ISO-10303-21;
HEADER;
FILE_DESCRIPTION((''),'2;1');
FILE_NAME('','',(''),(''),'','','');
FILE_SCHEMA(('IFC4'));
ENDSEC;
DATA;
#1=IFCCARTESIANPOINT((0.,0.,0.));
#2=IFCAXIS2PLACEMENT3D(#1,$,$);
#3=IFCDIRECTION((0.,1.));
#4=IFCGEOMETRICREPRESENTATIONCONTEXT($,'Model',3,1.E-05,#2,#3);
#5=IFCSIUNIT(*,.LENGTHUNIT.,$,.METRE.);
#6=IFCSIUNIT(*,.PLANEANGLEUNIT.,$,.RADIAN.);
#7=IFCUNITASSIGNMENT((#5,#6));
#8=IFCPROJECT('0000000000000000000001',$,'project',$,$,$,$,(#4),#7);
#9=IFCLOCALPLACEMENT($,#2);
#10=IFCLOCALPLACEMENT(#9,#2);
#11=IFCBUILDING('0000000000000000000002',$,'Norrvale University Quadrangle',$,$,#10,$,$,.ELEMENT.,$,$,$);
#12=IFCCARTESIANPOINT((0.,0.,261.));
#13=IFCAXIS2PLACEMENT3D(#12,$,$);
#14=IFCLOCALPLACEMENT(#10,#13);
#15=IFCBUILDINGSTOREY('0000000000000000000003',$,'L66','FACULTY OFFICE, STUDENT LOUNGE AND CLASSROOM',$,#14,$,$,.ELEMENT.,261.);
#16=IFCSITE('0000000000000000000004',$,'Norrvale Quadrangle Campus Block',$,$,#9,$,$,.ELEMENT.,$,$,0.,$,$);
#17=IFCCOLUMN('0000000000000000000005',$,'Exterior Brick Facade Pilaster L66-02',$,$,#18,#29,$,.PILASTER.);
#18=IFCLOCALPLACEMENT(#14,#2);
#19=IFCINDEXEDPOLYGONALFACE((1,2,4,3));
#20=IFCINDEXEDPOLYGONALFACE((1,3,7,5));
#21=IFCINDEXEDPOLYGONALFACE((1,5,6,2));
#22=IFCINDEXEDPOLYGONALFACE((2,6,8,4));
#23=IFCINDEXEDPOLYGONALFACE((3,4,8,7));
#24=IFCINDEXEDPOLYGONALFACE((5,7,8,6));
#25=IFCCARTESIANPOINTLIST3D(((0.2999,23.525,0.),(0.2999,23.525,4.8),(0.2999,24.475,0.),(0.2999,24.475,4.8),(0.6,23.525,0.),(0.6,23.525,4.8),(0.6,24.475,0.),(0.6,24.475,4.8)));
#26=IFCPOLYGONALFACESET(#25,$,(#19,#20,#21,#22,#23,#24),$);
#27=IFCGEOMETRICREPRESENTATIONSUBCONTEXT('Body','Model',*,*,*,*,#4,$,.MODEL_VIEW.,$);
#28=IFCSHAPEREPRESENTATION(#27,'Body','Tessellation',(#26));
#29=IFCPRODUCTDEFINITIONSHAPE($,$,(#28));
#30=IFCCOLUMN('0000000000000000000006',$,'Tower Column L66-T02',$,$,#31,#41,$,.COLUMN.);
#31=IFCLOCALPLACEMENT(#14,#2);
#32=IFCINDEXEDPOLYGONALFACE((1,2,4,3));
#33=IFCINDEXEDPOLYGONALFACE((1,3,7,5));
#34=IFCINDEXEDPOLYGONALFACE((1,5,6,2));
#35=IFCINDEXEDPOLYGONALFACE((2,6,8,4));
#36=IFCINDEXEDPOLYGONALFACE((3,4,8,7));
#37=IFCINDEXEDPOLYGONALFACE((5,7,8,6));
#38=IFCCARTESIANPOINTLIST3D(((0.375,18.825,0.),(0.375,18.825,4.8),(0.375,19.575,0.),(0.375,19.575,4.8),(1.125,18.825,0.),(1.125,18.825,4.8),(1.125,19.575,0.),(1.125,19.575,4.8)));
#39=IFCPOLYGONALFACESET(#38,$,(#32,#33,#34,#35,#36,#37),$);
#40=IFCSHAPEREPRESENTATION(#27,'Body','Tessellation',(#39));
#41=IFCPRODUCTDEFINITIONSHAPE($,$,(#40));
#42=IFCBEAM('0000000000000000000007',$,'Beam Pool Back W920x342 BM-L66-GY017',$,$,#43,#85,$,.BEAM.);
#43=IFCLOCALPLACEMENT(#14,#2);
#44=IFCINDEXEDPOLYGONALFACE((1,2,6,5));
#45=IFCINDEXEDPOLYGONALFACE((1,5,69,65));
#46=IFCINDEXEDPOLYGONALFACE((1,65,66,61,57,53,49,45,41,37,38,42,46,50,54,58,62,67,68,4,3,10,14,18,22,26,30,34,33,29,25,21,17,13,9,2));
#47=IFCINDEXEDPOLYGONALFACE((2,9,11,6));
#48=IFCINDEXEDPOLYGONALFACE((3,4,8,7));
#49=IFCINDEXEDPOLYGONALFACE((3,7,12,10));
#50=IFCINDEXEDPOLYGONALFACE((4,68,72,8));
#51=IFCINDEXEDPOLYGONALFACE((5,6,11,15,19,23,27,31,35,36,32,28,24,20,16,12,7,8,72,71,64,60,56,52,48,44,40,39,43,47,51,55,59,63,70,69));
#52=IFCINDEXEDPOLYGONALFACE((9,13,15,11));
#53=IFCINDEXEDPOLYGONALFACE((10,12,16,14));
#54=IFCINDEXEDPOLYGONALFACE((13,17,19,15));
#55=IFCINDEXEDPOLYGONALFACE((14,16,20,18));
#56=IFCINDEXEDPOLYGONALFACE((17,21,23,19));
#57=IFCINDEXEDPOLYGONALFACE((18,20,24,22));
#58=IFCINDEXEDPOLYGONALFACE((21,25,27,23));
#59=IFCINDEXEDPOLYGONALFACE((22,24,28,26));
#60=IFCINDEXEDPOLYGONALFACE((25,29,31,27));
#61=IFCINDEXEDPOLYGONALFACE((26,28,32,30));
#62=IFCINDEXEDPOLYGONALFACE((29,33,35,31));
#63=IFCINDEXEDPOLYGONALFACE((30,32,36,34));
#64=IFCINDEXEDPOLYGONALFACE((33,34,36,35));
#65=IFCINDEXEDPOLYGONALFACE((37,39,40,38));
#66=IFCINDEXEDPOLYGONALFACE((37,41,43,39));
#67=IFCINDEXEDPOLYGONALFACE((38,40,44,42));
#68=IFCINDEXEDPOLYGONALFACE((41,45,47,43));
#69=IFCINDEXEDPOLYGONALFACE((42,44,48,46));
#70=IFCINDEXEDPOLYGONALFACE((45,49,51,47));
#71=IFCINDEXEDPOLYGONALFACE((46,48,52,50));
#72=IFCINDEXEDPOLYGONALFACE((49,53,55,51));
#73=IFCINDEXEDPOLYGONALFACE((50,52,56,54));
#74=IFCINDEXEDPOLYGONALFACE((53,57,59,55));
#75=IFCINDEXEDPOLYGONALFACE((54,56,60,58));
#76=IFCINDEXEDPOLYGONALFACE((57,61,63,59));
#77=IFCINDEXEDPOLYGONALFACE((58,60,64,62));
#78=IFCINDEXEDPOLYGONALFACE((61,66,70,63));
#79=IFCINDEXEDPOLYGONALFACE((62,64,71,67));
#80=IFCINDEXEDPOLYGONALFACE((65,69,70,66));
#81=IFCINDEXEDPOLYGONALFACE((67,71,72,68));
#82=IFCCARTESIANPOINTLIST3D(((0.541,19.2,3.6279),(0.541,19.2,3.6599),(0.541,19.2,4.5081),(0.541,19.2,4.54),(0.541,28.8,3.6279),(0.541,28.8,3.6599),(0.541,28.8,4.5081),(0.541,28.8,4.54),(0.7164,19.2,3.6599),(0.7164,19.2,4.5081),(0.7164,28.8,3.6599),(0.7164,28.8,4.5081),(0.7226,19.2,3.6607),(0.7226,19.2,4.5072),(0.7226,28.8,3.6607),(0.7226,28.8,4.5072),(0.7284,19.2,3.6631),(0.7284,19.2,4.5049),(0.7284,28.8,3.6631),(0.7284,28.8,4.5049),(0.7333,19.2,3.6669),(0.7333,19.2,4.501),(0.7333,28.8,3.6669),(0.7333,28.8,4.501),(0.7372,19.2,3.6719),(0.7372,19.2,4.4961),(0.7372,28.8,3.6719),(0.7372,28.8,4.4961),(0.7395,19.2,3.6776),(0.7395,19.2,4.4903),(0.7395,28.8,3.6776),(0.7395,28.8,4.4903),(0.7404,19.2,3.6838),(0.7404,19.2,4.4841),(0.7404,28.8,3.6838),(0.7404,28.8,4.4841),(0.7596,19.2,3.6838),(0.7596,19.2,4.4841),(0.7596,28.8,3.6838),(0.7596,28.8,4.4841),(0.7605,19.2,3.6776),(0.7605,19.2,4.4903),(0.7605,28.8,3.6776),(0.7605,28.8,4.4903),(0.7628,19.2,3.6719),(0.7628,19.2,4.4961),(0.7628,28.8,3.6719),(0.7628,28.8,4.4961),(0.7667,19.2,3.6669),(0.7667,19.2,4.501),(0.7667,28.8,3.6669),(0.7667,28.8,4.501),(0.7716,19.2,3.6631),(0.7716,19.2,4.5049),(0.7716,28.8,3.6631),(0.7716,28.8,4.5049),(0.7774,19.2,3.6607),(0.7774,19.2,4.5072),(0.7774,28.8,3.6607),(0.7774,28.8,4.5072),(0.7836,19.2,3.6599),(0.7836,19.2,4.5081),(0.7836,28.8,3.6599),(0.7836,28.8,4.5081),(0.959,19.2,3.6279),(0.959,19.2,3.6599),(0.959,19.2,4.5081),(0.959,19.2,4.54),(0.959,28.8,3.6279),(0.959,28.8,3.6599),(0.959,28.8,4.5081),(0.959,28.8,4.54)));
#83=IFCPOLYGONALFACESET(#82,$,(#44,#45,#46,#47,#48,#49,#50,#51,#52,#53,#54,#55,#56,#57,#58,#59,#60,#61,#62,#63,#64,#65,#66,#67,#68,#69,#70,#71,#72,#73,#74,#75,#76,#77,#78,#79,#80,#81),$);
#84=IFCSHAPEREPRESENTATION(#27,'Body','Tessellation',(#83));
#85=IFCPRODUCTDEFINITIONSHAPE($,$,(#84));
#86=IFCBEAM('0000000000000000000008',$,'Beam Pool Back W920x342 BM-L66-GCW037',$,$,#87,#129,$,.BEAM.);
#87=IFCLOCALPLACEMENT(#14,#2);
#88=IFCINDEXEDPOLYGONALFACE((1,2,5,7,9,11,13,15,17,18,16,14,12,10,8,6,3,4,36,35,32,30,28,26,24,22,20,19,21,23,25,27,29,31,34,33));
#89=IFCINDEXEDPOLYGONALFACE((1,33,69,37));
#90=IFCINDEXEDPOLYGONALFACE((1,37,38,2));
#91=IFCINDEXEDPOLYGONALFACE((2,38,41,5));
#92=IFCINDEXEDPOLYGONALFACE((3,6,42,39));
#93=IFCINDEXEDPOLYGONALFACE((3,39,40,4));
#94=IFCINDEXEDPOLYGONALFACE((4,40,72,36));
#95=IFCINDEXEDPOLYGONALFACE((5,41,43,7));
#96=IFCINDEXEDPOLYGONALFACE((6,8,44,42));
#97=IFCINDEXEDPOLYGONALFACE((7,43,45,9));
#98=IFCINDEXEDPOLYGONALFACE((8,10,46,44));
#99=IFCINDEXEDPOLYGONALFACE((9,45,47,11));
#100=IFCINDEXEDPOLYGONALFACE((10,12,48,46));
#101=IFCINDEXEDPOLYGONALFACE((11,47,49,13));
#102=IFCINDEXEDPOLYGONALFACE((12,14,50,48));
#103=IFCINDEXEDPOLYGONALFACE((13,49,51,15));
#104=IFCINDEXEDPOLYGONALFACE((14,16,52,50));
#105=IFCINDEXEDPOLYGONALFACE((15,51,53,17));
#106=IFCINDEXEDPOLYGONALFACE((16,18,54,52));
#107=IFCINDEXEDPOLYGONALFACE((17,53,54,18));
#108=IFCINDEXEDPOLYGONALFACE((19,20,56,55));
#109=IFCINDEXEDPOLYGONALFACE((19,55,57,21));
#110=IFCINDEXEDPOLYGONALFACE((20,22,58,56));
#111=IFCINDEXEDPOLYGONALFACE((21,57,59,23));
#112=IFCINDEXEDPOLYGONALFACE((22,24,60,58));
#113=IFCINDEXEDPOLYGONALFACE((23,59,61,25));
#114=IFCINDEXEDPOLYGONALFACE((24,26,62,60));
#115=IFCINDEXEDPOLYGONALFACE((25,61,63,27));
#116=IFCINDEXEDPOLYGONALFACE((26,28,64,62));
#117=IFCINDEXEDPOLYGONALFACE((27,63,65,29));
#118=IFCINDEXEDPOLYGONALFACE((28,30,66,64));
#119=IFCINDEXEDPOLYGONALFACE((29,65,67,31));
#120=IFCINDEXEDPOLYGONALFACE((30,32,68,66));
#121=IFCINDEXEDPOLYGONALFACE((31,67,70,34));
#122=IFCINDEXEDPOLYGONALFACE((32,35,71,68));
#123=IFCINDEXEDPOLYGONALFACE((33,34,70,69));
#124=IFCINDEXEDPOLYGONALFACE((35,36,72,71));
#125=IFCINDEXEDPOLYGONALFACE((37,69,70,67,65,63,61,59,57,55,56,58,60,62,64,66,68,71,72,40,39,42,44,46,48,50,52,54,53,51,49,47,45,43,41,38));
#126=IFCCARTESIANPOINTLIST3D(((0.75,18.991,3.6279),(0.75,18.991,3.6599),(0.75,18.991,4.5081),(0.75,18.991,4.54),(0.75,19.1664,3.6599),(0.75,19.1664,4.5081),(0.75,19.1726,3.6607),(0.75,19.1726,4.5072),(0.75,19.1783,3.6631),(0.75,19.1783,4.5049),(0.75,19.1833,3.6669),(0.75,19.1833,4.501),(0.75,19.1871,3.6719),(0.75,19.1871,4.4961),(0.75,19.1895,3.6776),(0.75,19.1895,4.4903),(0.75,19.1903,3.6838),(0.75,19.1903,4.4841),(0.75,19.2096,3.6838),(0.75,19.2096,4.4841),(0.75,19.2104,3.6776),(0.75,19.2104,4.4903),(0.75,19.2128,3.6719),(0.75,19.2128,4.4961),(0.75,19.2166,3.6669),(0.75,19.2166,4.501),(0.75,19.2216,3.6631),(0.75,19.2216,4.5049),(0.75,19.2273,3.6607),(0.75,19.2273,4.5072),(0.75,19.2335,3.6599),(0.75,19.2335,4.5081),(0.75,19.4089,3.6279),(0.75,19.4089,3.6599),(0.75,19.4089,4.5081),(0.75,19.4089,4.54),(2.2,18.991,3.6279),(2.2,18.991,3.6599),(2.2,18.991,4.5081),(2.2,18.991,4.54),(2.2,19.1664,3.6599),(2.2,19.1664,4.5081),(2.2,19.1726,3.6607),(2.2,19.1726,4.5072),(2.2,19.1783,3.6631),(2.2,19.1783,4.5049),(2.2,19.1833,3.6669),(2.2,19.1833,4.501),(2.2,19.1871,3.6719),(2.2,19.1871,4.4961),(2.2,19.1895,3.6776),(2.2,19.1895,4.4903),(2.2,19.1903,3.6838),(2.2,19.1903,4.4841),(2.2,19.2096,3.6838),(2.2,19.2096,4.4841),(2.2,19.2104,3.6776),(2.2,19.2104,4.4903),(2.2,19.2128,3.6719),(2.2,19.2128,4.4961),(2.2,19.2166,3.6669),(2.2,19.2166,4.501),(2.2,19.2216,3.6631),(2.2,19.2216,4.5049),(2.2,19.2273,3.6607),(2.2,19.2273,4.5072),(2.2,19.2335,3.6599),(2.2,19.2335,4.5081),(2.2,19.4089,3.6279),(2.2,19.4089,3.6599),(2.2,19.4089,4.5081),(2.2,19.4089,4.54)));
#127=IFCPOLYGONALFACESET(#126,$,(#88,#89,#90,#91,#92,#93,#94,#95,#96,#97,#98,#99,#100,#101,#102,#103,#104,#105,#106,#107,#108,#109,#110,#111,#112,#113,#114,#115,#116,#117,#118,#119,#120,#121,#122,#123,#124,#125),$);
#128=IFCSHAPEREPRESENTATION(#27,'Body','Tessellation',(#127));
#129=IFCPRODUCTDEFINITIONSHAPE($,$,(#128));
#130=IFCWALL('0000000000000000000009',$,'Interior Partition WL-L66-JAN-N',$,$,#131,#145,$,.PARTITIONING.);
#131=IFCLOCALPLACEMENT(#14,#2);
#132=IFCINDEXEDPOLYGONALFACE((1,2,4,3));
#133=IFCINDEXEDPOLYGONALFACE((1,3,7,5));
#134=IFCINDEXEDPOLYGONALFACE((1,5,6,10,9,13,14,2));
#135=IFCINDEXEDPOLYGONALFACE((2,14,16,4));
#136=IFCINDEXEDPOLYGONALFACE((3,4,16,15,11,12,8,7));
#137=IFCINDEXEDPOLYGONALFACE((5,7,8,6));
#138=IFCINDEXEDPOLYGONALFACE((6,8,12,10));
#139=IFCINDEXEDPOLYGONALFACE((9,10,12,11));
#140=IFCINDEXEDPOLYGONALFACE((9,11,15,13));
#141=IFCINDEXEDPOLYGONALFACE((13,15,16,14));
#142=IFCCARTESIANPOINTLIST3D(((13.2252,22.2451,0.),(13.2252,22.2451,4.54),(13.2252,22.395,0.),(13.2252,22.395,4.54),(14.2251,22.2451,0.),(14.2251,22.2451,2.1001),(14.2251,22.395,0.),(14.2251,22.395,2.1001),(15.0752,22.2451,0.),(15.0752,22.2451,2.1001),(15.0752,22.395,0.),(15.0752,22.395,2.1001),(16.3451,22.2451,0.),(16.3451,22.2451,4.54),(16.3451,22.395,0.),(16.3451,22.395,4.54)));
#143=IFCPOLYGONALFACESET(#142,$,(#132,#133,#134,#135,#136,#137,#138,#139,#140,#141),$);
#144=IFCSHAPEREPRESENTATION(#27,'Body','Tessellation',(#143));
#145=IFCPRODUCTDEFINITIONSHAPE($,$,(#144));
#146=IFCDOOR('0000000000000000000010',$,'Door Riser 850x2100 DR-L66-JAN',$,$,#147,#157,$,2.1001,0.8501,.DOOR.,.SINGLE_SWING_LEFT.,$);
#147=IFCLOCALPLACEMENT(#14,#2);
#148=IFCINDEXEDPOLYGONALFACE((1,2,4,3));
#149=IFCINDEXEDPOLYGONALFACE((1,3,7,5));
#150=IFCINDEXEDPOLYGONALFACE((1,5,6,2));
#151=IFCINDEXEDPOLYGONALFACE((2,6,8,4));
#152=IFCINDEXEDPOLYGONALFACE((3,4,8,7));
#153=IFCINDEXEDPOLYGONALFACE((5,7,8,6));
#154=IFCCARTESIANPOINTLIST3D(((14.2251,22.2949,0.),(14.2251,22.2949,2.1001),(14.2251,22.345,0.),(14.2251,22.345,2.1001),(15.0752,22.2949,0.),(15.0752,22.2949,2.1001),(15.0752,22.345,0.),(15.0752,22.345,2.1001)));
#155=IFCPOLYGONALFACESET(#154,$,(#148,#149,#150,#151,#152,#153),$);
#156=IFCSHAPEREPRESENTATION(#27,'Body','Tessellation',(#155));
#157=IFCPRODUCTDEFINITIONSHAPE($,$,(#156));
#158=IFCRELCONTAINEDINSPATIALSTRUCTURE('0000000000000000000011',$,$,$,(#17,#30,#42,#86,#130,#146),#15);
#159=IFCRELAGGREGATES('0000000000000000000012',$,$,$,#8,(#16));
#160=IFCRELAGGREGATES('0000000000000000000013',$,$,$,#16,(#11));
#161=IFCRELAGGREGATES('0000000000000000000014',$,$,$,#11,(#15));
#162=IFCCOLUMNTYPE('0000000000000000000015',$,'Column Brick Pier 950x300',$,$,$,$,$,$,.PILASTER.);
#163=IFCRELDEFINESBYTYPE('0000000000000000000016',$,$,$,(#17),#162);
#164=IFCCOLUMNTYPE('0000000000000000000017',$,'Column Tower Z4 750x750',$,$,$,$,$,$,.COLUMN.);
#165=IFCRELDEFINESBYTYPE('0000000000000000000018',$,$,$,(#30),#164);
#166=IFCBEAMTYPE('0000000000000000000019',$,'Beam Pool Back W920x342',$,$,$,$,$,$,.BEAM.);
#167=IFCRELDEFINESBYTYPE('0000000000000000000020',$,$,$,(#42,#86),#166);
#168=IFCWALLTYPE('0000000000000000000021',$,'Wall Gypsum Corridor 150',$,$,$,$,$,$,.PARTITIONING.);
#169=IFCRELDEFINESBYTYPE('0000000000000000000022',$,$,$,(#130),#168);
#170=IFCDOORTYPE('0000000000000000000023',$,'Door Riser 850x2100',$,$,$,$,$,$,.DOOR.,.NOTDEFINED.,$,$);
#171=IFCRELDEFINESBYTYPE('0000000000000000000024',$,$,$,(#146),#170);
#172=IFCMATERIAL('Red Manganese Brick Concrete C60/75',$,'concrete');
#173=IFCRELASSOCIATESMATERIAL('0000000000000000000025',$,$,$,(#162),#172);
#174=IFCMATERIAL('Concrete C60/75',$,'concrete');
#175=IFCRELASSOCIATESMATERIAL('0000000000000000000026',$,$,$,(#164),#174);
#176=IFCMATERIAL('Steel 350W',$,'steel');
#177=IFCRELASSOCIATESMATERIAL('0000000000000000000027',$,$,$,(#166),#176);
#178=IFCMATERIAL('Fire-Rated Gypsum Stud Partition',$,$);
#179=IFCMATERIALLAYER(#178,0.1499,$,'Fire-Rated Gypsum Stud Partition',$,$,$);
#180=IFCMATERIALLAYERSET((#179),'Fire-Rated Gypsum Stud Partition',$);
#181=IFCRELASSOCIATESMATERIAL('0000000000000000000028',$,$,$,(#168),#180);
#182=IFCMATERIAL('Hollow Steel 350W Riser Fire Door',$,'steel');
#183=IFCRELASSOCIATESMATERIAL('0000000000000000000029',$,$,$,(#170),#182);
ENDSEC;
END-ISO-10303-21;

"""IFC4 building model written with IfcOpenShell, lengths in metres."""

from ifc_helpers import new_model, si_unit, direction, frame, frame_2d, origin, origin_2d, place, context, subcontext, project, spatial, rectangle, i_section, extrude, material, layer, layer_set, material_profile, profile_set, type_object, element, fill, save


model = new_model("IFC4")

# Units and contexts
model_context = context("Model", 3, precision=1e-05, world=origin(), true_north=direction((0.0, 1.0)))
body_context = subcontext(model_context, "Body", "Model", "MODEL_VIEW")
ifc_project = project(units=[si_unit("LENGTHUNIT", "METRE"), si_unit("PLANEANGLEUNIT", "RADIAN")], contexts=[model_context])

# Site, building, storey
site_placement = place(None, origin())
site = spatial("IfcSite", under=ifc_project, at=site_placement, Name="Norrvale Quadrangle Campus Block", CompositionType="ELEMENT", RefElevation=0.0)
building_placement = place(site_placement, origin())
building = spatial("IfcBuilding", under=site, at=building_placement, Name="Norrvale University Quadrangle", CompositionType="ELEMENT")
storey_placement = place(building_placement, frame((0.0, 0.0, 261.0)))
storey = spatial("IfcBuildingStorey", under=building, at=storey_placement, Name="L66", Description="FACULTY OFFICE, STUDENT LOUNGE AND CLASSROOM", CompositionType="ELEMENT", Elevation=261.0)

# Columns
ifc_material_1 = material(Name="Red Manganese Brick Concrete C60/75", Category="concrete")
ifc_material_profile_1 = material_profile(ifc_material_1, rectangle(XDim=0.95, YDim=0.3, at=origin_2d()), Name="Red Manganese Brick Concrete C60/75")
ifc_profile_set_1 = profile_set([ifc_material_profile_1], Name="Red Manganese Brick Concrete C60/75")
column_type_1 = type_object("IfcColumnType", Name="Column Brick Pier 950x300", PredefinedType="PILASTER", material=ifc_profile_set_1)
column_1_placement = place(storey_placement, frame((0.45, 24.0, 0.0), z_axis=(0.0, 0.0, 1.0), x_axis=(0.0, 1.0, 0.0)))
element("IfcColumn", 1, at=column_1_placement, inside=storey, type_object=column_type_1, Name="Exterior Brick Facade Pilaster L66-02", PredefinedType="PILASTER", context=body_context, shape_type="SweptSolid", body=[
    extrude(rectangle(XDim=0.95, YDim=0.3, at=origin_2d()), origin(), (0.0, 0.0, 1.0), 4.8),
])
ifc_material_2 = material(Name="Concrete C60/75", Category="concrete")
ifc_material_profile_2 = material_profile(ifc_material_2, rectangle(XDim=0.75, YDim=0.75, at=origin_2d()), Name="Concrete C60/75")
ifc_profile_set_2 = profile_set([ifc_material_profile_2], Name="Concrete C60/75")
column_type_2 = type_object("IfcColumnType", Name="Column Tower Z4 750x750", PredefinedType="COLUMN", material=ifc_profile_set_2)
column_2_placement = place(storey_placement, frame((0.75, 19.2, 0.0), z_axis=(0.0, 0.0, 1.0), x_axis=(1.0, 0.0, 0.0)))
element("IfcColumn", 2, at=column_2_placement, inside=storey, type_object=column_type_2, Name="Tower Column L66-T02", PredefinedType="COLUMN", context=body_context, shape_type="SweptSolid", body=[
    extrude(rectangle(XDim=0.75, YDim=0.75, at=origin_2d()), origin(), (0.0, 0.0, 1.0), 4.8),
])

# Beams
ifc_material_3 = material(Name="Steel 350W", Category="steel")
ifc_material_profile_3 = material_profile(ifc_material_3, i_section(OverallWidth=0.418, OverallDepth=0.9121, WebThickness=0.0193, FlangeThickness=0.032, FilletRadius=0.0239, at=origin_2d()), Name="Steel 350W")
ifc_profile_set_3 = profile_set([ifc_material_profile_3], Name="Steel 350W")
beam_type = type_object("IfcBeamType", Name="Beam Pool Back W920x342", PredefinedType="BEAM", material=ifc_profile_set_3)
beam_1_placement = place(storey_placement, frame((0.75, 19.2, 4.084), z_axis=(0.0, 1.0, 0.0), x_axis=(-1.0, 0.0, 0.0)))
element("IfcBeam", 3, at=beam_1_placement, inside=storey, type_object=beam_type, Name="Beam Pool Back W920x342 BM-L66-GY017", PredefinedType="BEAM", context=body_context, shape_type="SweptSolid", body=[
    extrude(i_section(OverallWidth=0.418, OverallDepth=0.9121, WebThickness=0.0193, FlangeThickness=0.032, FilletRadius=0.0239, at=origin_2d()), origin(), (0.0, 0.0, 1.0), 9.6001),
])
beam_2_placement = place(storey_placement, frame((0.75, 19.2, 4.084), z_axis=(1.0, 0.0, 0.0), x_axis=(0.0, 1.0, 0.0)))
element("IfcBeam", 4, at=beam_2_placement, inside=storey, type_object=beam_type, Name="Beam Pool Back W920x342 BM-L66-GCW037", PredefinedType="BEAM", context=body_context, shape_type="SweptSolid", body=[
    extrude(i_section(OverallWidth=0.418, OverallDepth=0.9121, WebThickness=0.0193, FlangeThickness=0.032, FilletRadius=0.0239, at=origin_2d()), origin(), (0.0, 0.0, 1.0), 1.45),
])

# Wall, opening, door
ifc_material_4 = material(Name="Fire-Rated Gypsum Stud Partition")
ifc_layer_1 = layer(ifc_material_4, 0.1499, Name="Fire-Rated Gypsum Stud Partition")
ifc_layer_set_1 = layer_set([ifc_layer_1], Name="Fire-Rated Gypsum Stud Partition")
wall_type_1 = type_object("IfcWallType", Name="Wall Gypsum Corridor 150", PredefinedType="PARTITIONING", material=ifc_layer_set_1)
wall_1_placement = place(storey_placement, frame((13.2251, 22.3201, 0.0), z_axis=(0.0, 0.0, 1.0), x_axis=(1.0, 0.0, 0.0)))
wall_1 = element("IfcWall", 5, at=wall_1_placement, inside=storey, type_object=wall_type_1, Name="Interior Partition WL-L66-JAN-N", PredefinedType="PARTITIONING", context=body_context, shape_type="SweptSolid", body=[
    extrude(rectangle(XDim=3.1199, YDim=0.1499, at=frame_2d((1.5601, 0.0))), origin(), (0.0, 0.0, 1.0), 4.54),
])
opening_1_placement = place(wall_1_placement, frame((1.0, 0.0, 0.0)))
opening_1 = element("IfcOpeningElement", 6, at=opening_1_placement, cuts=wall_1, PredefinedType="OPENING", context=body_context, shape_type="SweptSolid", body=[
    extrude(rectangle(XDim=0.8501, YDim=2.1001, at=frame_2d((0.425, 1.05))), frame((0.0, 0.0869, 0.0), z_axis=(0.0, -1.0, 0.0), x_axis=(1.0, 0.0, 0.0)), (0.0, 0.0, 1.0), 0.1738),
])
ifc_material_5 = material(Name="Hollow Steel 350W Riser Fire Door", Category="steel")
door_type_1 = type_object("IfcDoorType", Name="Door Riser 850x2100", OperationType="NOTDEFINED", PredefinedType="DOOR", material=ifc_material_5)
door_1_placement = place(opening_1_placement, origin())
door_1 = element("IfcDoor", 7, at=door_1_placement, inside=storey, type_object=door_type_1, Name="Door Riser 850x2100 DR-L66-JAN", OperationType="SINGLE_SWING_LEFT", OverallHeight=2.1001, OverallWidth=0.8501, PredefinedType="DOOR", context=body_context, shape_type="SweptSolid", body=[
    extrude(rectangle(XDim=0.8501, YDim=2.1001, at=frame_2d((0.425, 1.05))), frame((0.0, 0.0249, 0.0), z_axis=(0.0, -1.0, 0.0), x_axis=(1.0, 0.0, 0.0)), (0.0, 0.0, 1.0), 0.05),
])
fill(opening_1, door_1)

save(model, "model.ifc")
